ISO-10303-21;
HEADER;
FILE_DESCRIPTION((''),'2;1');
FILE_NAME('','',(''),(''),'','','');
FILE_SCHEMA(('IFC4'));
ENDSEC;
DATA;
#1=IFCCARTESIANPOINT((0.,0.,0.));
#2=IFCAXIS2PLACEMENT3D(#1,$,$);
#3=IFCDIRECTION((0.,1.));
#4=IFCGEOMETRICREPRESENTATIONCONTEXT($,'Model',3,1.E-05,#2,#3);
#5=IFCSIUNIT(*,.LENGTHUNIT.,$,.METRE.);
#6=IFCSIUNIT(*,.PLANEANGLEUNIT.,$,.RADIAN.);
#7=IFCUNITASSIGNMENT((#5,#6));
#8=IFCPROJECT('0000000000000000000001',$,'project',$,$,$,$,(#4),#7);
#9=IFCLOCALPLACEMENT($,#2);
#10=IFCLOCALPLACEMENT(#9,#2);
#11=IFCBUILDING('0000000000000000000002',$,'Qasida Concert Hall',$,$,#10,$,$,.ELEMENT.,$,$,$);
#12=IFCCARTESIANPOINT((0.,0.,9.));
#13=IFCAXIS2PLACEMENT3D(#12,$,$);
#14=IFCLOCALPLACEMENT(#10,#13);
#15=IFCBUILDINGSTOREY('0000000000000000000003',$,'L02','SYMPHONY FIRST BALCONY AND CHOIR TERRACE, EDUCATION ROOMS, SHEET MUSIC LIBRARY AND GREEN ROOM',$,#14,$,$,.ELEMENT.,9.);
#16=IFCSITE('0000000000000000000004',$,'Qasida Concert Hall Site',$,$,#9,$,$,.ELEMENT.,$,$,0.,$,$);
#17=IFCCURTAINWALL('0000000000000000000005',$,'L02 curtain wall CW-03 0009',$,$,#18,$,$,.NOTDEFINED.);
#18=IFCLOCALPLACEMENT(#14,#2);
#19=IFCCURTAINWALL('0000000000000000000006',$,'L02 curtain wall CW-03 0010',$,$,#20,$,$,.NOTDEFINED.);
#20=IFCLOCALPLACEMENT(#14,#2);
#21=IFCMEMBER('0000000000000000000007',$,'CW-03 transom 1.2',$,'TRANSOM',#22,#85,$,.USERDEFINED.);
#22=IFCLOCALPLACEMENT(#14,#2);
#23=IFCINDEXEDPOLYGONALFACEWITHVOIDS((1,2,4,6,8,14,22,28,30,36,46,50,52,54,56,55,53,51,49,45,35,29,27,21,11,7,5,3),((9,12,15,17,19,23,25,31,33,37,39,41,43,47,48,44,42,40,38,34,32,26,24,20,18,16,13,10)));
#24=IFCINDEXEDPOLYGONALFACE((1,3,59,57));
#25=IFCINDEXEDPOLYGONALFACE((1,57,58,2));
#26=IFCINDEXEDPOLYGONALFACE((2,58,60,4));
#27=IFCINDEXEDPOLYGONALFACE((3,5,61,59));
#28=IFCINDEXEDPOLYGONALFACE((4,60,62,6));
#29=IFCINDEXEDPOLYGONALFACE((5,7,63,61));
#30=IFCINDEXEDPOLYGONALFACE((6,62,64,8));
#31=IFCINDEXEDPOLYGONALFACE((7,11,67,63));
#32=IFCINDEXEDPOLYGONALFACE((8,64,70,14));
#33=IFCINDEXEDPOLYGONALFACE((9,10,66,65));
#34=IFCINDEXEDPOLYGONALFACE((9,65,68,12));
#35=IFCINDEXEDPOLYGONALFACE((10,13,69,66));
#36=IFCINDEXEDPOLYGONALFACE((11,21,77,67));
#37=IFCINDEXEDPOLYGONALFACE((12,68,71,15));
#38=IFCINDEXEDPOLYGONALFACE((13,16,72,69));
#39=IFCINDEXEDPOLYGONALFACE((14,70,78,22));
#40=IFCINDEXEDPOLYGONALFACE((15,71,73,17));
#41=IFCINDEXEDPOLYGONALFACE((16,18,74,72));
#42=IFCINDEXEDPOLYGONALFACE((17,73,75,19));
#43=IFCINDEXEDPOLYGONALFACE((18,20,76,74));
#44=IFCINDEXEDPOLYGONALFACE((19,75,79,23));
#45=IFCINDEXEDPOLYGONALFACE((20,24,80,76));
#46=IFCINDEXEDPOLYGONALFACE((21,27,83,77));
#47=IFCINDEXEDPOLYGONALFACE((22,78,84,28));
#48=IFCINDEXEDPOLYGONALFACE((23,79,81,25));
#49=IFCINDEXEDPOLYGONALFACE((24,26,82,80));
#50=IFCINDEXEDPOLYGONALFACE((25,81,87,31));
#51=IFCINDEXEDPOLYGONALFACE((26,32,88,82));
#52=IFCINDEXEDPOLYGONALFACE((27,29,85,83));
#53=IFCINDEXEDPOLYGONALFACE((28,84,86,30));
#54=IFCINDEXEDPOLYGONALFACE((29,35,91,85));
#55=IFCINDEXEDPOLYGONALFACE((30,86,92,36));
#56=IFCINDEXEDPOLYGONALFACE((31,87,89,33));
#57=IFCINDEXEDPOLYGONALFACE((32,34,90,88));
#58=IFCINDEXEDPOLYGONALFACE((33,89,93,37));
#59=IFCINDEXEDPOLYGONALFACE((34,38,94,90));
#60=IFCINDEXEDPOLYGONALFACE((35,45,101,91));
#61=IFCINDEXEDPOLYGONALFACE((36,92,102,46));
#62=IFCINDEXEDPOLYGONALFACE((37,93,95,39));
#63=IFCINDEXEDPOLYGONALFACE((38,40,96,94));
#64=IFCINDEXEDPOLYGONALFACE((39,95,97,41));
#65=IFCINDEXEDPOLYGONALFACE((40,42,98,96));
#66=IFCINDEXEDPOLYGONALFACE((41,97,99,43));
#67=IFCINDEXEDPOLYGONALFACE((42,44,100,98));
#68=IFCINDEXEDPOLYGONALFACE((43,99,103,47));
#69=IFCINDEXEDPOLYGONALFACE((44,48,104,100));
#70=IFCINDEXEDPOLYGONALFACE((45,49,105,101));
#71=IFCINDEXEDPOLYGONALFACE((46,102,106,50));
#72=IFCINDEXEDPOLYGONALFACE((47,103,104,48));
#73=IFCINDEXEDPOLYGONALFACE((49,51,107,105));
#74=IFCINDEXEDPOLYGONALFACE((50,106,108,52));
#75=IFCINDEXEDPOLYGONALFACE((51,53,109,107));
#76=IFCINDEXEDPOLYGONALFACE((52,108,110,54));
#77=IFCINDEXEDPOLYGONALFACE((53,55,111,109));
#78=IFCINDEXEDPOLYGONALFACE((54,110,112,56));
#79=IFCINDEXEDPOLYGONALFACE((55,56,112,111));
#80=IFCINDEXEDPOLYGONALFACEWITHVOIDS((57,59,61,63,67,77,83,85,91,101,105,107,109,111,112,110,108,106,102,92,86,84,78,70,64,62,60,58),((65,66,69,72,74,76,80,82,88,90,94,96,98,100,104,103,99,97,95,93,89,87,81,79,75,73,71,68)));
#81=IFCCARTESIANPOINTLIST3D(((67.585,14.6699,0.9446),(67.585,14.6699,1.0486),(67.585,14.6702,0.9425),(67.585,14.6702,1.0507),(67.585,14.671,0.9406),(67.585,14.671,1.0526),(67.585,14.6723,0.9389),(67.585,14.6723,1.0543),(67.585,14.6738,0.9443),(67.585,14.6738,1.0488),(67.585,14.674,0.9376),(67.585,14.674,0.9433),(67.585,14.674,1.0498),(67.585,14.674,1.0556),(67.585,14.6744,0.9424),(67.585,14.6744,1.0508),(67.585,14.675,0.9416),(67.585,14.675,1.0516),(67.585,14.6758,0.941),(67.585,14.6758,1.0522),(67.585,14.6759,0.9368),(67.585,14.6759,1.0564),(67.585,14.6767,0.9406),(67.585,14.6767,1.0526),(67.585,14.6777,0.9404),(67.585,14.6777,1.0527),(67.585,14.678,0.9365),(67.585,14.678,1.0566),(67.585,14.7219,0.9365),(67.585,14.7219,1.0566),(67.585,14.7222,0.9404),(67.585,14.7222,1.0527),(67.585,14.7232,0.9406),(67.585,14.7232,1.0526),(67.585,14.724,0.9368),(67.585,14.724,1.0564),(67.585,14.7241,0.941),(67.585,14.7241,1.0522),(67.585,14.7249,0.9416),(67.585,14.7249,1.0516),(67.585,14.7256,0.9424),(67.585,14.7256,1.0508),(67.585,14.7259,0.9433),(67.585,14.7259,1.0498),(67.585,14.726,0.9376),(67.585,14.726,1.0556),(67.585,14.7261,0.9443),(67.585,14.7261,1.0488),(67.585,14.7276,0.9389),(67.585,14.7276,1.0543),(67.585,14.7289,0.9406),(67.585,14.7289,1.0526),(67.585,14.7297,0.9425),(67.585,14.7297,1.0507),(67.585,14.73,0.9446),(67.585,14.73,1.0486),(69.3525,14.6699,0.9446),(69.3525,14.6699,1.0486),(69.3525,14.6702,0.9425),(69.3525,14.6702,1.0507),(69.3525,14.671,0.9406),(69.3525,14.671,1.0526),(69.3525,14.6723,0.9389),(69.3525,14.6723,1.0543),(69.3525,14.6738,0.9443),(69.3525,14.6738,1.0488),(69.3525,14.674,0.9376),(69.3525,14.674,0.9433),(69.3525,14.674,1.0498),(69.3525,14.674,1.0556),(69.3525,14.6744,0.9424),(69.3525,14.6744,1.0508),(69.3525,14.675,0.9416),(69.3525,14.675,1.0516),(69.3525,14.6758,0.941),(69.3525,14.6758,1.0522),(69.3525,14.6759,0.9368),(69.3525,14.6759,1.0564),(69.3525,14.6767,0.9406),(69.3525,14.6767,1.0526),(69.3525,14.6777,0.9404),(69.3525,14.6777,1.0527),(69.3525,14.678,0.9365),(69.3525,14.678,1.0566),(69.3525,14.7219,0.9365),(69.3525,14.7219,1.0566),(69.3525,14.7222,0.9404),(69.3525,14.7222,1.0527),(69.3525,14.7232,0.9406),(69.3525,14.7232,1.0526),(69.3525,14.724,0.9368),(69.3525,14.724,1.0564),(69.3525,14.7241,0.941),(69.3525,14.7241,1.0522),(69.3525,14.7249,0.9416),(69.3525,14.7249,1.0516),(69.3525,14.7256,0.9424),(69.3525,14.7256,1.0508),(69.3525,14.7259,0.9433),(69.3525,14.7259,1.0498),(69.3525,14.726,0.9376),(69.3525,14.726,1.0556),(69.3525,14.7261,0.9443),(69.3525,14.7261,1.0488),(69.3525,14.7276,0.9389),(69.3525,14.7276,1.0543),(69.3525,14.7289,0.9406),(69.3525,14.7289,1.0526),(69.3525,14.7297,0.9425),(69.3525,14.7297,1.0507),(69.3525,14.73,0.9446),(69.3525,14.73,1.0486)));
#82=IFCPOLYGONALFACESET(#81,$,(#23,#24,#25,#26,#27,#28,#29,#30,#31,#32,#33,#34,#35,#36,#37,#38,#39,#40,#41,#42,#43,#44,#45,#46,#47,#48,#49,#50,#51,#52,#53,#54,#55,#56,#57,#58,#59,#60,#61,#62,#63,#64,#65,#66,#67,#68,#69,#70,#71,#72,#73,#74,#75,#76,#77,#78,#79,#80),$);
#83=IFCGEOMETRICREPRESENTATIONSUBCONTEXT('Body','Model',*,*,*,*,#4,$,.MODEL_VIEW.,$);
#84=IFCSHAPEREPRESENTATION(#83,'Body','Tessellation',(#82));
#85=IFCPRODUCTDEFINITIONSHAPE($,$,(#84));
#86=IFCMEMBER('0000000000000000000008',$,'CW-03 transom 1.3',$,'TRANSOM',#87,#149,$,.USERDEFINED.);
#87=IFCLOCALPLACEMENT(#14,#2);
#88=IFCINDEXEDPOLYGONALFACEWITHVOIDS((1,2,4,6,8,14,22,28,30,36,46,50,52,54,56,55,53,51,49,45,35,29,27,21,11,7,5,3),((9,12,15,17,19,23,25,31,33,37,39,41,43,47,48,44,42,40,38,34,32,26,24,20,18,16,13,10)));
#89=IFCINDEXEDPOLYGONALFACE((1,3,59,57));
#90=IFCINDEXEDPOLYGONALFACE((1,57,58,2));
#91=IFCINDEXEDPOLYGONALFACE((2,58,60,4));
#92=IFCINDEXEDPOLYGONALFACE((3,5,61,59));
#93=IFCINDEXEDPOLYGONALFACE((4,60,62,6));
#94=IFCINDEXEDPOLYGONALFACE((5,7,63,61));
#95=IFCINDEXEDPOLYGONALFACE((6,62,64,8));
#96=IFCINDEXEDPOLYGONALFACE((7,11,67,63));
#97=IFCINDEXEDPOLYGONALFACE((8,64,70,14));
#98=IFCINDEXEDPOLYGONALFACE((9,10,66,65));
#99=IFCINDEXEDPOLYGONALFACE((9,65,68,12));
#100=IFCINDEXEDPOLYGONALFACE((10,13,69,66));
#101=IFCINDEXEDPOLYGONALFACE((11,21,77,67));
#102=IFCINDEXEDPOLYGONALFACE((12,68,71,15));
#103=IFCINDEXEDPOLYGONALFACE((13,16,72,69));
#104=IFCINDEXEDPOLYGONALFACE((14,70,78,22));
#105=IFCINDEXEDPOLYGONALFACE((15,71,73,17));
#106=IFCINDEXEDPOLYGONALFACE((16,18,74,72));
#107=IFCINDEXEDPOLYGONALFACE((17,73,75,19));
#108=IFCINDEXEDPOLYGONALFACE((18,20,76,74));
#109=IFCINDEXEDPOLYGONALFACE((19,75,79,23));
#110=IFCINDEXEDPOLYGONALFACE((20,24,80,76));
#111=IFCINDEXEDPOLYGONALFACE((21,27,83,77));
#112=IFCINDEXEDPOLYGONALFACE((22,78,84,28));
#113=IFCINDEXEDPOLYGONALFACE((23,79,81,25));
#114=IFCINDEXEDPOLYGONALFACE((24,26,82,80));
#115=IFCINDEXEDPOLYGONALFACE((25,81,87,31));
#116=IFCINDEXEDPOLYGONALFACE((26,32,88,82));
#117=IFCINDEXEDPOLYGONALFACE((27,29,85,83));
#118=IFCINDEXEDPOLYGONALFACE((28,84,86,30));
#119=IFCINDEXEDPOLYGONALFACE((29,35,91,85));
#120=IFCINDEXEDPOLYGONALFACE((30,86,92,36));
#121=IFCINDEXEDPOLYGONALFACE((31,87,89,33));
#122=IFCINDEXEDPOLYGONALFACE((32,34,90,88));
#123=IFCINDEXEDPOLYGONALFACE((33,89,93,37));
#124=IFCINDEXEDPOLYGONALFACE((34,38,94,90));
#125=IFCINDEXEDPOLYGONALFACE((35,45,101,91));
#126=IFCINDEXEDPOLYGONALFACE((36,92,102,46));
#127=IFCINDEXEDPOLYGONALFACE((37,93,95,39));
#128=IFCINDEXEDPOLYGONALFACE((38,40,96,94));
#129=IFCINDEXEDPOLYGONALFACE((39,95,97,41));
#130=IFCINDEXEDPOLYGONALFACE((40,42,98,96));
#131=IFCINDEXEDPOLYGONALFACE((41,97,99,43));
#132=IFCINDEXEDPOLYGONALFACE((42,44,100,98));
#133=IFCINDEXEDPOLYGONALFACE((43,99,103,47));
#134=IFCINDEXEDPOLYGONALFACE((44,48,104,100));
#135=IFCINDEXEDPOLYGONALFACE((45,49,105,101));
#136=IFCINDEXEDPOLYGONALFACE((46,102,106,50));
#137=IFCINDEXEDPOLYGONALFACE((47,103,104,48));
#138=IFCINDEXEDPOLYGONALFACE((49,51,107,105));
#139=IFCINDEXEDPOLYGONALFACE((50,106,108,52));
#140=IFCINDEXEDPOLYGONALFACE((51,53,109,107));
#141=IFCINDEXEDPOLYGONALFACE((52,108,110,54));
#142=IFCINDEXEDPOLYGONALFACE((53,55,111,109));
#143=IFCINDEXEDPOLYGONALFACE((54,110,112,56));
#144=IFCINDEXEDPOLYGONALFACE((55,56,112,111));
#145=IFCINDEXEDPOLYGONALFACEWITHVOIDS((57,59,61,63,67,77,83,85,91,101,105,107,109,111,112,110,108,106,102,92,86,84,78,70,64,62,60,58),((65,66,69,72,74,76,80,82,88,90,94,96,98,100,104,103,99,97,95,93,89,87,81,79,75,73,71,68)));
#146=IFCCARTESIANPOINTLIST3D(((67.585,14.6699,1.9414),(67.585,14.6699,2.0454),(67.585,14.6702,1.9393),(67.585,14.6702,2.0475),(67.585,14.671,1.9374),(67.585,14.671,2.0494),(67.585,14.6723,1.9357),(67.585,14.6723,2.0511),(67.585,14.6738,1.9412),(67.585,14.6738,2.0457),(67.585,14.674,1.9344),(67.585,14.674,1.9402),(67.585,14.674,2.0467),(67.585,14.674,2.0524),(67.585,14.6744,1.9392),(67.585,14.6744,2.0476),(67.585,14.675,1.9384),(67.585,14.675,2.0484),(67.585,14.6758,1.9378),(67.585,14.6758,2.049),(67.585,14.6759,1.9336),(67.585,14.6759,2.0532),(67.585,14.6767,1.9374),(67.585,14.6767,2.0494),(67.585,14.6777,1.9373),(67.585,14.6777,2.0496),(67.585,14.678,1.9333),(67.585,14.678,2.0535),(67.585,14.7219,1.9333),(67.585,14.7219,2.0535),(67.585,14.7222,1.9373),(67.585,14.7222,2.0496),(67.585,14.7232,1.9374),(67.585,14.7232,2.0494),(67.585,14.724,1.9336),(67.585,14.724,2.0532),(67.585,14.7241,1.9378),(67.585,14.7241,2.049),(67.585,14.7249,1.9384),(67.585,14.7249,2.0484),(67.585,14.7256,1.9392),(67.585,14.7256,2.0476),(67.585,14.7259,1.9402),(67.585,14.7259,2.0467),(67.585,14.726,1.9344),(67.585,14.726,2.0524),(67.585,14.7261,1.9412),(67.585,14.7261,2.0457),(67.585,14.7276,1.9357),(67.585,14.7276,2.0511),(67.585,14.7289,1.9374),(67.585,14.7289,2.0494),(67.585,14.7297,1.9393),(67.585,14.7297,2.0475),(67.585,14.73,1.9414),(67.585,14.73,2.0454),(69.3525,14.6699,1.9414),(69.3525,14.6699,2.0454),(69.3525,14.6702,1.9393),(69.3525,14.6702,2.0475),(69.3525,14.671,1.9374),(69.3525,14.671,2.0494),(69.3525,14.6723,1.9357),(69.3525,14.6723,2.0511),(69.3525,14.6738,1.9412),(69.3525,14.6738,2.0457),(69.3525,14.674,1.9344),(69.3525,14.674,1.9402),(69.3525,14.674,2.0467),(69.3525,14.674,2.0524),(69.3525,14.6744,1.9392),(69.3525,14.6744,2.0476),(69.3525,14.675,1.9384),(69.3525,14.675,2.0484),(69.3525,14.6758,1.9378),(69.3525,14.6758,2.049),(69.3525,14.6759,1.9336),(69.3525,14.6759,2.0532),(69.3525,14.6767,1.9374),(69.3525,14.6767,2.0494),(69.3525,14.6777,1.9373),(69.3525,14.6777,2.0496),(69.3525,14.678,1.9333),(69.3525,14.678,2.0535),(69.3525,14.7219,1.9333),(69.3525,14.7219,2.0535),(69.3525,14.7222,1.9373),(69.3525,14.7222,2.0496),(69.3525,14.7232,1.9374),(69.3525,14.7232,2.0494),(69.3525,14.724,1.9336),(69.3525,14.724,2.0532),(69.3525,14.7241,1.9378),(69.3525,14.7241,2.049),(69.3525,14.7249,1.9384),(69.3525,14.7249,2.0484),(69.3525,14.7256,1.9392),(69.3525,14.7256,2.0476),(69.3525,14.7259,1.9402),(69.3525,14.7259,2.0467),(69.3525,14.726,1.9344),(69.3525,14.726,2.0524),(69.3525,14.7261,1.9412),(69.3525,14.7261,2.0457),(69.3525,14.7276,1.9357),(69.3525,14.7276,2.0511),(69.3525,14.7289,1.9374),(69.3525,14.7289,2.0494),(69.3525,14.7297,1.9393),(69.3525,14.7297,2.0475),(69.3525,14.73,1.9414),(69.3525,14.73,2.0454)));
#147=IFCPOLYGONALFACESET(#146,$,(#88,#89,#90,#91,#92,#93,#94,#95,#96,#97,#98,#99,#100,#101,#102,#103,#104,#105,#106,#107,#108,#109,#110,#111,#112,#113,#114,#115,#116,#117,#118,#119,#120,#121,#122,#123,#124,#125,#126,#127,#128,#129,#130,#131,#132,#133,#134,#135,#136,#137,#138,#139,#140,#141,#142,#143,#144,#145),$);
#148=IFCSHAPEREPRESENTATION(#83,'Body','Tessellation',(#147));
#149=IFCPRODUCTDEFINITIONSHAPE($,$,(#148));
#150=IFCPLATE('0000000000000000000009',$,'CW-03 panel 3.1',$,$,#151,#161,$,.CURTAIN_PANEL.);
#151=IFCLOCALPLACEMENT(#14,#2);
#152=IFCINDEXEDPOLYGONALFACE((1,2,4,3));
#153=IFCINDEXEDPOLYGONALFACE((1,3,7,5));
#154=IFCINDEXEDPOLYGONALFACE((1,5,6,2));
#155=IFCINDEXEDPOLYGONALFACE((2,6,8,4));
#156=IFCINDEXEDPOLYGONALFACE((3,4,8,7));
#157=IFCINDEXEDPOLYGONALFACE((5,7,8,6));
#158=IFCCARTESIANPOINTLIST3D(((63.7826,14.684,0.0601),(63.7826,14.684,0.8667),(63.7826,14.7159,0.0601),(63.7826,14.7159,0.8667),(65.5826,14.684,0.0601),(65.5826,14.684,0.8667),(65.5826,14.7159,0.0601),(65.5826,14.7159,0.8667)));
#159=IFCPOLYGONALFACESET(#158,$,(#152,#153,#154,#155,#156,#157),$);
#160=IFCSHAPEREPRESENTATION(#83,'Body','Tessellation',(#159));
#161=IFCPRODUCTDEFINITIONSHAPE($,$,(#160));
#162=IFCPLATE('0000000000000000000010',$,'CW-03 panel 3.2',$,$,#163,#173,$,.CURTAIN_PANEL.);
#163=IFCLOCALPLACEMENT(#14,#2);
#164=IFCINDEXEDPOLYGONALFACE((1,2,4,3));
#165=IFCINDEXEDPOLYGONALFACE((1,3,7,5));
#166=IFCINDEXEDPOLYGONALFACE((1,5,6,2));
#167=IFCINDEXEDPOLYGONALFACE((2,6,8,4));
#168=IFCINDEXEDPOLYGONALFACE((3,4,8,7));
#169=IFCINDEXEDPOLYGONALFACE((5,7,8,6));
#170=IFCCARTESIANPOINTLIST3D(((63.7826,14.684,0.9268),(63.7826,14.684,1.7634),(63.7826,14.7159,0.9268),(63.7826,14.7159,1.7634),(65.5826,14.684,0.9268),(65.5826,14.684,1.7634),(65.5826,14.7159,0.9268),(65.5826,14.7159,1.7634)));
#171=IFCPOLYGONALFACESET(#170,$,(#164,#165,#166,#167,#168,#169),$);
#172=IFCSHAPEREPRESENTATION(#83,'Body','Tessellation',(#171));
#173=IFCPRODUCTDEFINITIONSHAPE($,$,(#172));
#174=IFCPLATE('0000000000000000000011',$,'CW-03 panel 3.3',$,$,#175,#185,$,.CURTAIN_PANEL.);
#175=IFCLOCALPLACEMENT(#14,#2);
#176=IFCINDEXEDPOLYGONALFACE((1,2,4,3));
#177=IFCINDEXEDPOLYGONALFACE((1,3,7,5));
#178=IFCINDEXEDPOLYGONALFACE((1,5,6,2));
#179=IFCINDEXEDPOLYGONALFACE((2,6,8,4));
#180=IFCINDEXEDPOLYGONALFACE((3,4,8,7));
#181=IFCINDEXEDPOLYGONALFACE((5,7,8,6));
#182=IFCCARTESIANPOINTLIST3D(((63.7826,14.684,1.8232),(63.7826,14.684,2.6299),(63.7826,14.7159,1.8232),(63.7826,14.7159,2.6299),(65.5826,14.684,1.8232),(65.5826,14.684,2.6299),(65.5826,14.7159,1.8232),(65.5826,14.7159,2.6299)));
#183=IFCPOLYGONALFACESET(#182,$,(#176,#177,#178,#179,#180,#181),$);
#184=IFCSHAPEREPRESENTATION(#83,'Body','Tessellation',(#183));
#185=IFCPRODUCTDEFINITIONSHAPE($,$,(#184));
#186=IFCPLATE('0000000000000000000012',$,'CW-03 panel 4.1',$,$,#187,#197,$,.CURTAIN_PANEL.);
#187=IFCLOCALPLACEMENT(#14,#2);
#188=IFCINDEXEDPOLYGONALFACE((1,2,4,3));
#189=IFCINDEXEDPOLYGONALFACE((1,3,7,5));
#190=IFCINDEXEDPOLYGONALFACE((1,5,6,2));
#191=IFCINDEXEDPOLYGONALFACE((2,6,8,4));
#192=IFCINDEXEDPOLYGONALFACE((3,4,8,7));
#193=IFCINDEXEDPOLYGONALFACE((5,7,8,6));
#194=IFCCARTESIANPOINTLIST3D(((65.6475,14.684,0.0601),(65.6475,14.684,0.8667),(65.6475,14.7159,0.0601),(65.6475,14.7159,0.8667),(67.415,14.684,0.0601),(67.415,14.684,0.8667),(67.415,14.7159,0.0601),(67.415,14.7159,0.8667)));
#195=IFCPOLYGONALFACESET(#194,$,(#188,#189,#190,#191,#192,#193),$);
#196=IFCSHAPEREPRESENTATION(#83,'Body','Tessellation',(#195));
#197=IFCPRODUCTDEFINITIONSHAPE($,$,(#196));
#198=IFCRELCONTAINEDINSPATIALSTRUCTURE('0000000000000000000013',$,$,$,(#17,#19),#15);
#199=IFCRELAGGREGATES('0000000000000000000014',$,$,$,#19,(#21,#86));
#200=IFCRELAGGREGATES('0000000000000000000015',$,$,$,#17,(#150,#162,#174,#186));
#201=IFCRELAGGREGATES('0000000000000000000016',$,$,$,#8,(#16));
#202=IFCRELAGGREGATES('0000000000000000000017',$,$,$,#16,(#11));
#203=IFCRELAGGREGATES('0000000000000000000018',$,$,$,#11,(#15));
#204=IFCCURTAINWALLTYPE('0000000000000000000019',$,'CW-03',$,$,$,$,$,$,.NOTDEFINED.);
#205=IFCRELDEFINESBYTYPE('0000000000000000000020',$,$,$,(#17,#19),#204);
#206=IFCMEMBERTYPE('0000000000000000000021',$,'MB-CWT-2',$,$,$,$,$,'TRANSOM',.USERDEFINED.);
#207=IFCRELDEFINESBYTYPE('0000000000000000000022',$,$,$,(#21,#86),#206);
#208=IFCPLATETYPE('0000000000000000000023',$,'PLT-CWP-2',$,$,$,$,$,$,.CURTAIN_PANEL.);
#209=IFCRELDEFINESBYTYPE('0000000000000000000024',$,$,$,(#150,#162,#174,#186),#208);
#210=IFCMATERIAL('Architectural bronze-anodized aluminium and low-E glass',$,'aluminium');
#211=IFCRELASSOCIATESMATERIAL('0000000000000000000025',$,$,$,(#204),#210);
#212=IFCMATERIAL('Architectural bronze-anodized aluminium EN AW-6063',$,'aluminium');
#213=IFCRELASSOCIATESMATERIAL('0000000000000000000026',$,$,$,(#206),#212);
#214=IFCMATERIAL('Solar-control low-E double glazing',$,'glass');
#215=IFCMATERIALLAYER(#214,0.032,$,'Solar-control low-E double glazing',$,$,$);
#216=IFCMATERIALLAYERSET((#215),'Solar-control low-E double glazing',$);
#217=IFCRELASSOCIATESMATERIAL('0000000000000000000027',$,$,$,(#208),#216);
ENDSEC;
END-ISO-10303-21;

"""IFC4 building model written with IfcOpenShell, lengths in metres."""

from ifc_helpers import new_model, si_unit, direction, frame, origin, origin_2d, place, context, subcontext, project, spatial, rectangle, hollow_rectangle, extrude, material, layer, layer_set, material_profile, profile_set, type_object, element, aggregate, save


model = new_model("IFC4")

# Units and contexts
model_context = context("Model", 3, precision=1e-05, world=origin(), true_north=direction((0.0, 1.0)))
body_context = subcontext(model_context, "Body", "Model", "MODEL_VIEW")
ifc_project = project(units=[si_unit("LENGTHUNIT", "METRE"), si_unit("PLANEANGLEUNIT", "RADIAN")], contexts=[model_context])

# Site, building, storey
site_placement = place(None, origin())
site = spatial("IfcSite", under=ifc_project, at=site_placement, Name="Qasida Concert Hall Site", CompositionType="ELEMENT", RefElevation=0.0)
building_placement = place(site_placement, origin())
building = spatial("IfcBuilding", under=site, at=building_placement, Name="Qasida Concert Hall", CompositionType="ELEMENT")
storey_placement = place(building_placement, frame((0.0, 0.0, 9.0)))
storey = spatial("IfcBuildingStorey", under=building, at=storey_placement, Name="L02", Description="SYMPHONY FIRST BALCONY AND CHOIR TERRACE, EDUCATION ROOMS, SHEET MUSIC LIBRARY AND GREEN ROOM", CompositionType="ELEMENT", Elevation=9.0)

# Curtain wall
ifc_material_1 = material(Name="Architectural bronze-anodized aluminium and low-E glass", Category="aluminium")
curtain_wall_type = type_object("IfcCurtainWallType", Name="CW-03", PredefinedType="NOTDEFINED", material=ifc_material_1)
curtain_wall_1_placement = place(storey_placement, origin())
curtain_wall_1 = element("IfcCurtainWall", 1, at=curtain_wall_1_placement, inside=storey, type_object=curtain_wall_type, Name="L02 curtain wall CW-03 0009", PredefinedType="NOTDEFINED")
ifc_material_2 = material(Name="Architectural bronze-anodized aluminium EN AW-6063", Category="aluminium")

# Curtain wall
curtain_wall_2_placement = place(storey_placement, origin())
curtain_wall_2 = element("IfcCurtainWall", 2, at=curtain_wall_2_placement, inside=storey, type_object=curtain_wall_type, Name="L02 curtain wall CW-03 0010", PredefinedType="NOTDEFINED")

# Members
ifc_material_profile_1 = material_profile(ifc_material_2, hollow_rectangle(XDim=0.0601, YDim=0.1201, WallThickness=0.0039, InnerFilletRadius=0.0039, OuterFilletRadius=0.0081, at=origin_2d()), Name="CWT 120x60x4")
ifc_profile_set_1 = profile_set([ifc_material_profile_1], Name="Architectural bronze-anodized aluminium EN AW-6063")
member_type_1 = type_object("IfcMemberType", Name="MB-CWT-2", ElementType="TRANSOM", PredefinedType="USERDEFINED", material=ifc_profile_set_1)
member_1_placement = place(storey_placement, frame((67.585, 14.7, 0.9966), z_axis=(1.0, 0.0, 0.0), x_axis=(0.0, 1.0, 0.0)))
member_1 = element("IfcMember", 3, at=member_1_placement, type_object=member_type_1, Name="CW-03 transom 1.2", ObjectType="TRANSOM", PredefinedType="USERDEFINED", context=body_context, shape_type="SweptSolid", body=[
    extrude(hollow_rectangle(XDim=0.0601, YDim=0.1201, WallThickness=0.0039, InnerFilletRadius=0.0039, OuterFilletRadius=0.0081, at=origin_2d()), origin(), (0.0, 0.0, 1.0), 1.7676),
])
member_2_placement = place(storey_placement, frame((67.585, 14.7, 1.9934), z_axis=(1.0, 0.0, 0.0), x_axis=(0.0, 1.0, 0.0)))
member_2 = element("IfcMember", 4, at=member_2_placement, type_object=member_type_1, Name="CW-03 transom 1.3", ObjectType="TRANSOM", PredefinedType="USERDEFINED", context=body_context, shape_type="SweptSolid", body=[
    extrude(hollow_rectangle(XDim=0.0601, YDim=0.1201, WallThickness=0.0039, InnerFilletRadius=0.0039, OuterFilletRadius=0.0081, at=origin_2d()), origin(), (0.0, 0.0, 1.0), 1.7676),
])
aggregate(curtain_wall_2, [member_1, member_2])

# Plates
ifc_material_3 = material(Name="Solar-control low-E double glazing", Category="glass")
ifc_layer_1 = layer(ifc_material_3, 0.032, Name="Solar-control low-E double glazing")
ifc_layer_set_1 = layer_set([ifc_layer_1], Name="Solar-control low-E double glazing")
plate_type = type_object("IfcPlateType", Name="PLT-CWP-2", PredefinedType="CURTAIN_PANEL", material=ifc_layer_set_1)
plate_1_placement = place(storey_placement, frame((64.6826, 14.7, 0.0601), z_axis=(0.0, 0.0, 1.0), x_axis=(1.0, 0.0, 0.0)))
plate_1 = element("IfcPlate", 5, at=plate_1_placement, type_object=plate_type, Name="CW-03 panel 3.1", PredefinedType="CURTAIN_PANEL", context=body_context, shape_type="SweptSolid", body=[
    extrude(rectangle(XDim=1.8, YDim=0.032, at=origin_2d()), origin(), (0.0, 0.0, 1.0), 0.8066),
])
plate_2_placement = place(storey_placement, frame((64.6826, 14.7, 0.9268), z_axis=(0.0, 0.0, 1.0), x_axis=(1.0, 0.0, 0.0)))
plate_2 = element("IfcPlate", 6, at=plate_2_placement, type_object=plate_type, Name="CW-03 panel 3.2", PredefinedType="CURTAIN_PANEL", context=body_context, shape_type="SweptSolid", body=[
    extrude(rectangle(XDim=1.8, YDim=0.032, at=origin_2d()), origin(), (0.0, 0.0, 1.0), 0.8367),
])
plate_3_placement = place(storey_placement, frame((64.6826, 14.7, 1.8232), z_axis=(0.0, 0.0, 1.0), x_axis=(1.0, 0.0, 0.0)))
plate_3 = element("IfcPlate", 7, at=plate_3_placement, type_object=plate_type, Name="CW-03 panel 3.3", PredefinedType="CURTAIN_PANEL", context=body_context, shape_type="SweptSolid", body=[
    extrude(rectangle(XDim=1.8, YDim=0.032, at=origin_2d()), origin(), (0.0, 0.0, 1.0), 0.8066),
])
plate_4_placement = place(storey_placement, frame((66.5312, 14.7, 0.0601), z_axis=(0.0, 0.0, 1.0), x_axis=(1.0, 0.0, 0.0)))
plate_4 = element("IfcPlate", 8, at=plate_4_placement, type_object=plate_type, Name="CW-03 panel 4.1", PredefinedType="CURTAIN_PANEL", context=body_context, shape_type="SweptSolid", body=[
    extrude(rectangle(XDim=1.7676, YDim=0.032, at=origin_2d()), origin(), (0.0, 0.0, 1.0), 0.8066),
])
aggregate(curtain_wall_1, [plate_1, plate_2, plate_3, plate_4])

save(model, "model.ifc")
